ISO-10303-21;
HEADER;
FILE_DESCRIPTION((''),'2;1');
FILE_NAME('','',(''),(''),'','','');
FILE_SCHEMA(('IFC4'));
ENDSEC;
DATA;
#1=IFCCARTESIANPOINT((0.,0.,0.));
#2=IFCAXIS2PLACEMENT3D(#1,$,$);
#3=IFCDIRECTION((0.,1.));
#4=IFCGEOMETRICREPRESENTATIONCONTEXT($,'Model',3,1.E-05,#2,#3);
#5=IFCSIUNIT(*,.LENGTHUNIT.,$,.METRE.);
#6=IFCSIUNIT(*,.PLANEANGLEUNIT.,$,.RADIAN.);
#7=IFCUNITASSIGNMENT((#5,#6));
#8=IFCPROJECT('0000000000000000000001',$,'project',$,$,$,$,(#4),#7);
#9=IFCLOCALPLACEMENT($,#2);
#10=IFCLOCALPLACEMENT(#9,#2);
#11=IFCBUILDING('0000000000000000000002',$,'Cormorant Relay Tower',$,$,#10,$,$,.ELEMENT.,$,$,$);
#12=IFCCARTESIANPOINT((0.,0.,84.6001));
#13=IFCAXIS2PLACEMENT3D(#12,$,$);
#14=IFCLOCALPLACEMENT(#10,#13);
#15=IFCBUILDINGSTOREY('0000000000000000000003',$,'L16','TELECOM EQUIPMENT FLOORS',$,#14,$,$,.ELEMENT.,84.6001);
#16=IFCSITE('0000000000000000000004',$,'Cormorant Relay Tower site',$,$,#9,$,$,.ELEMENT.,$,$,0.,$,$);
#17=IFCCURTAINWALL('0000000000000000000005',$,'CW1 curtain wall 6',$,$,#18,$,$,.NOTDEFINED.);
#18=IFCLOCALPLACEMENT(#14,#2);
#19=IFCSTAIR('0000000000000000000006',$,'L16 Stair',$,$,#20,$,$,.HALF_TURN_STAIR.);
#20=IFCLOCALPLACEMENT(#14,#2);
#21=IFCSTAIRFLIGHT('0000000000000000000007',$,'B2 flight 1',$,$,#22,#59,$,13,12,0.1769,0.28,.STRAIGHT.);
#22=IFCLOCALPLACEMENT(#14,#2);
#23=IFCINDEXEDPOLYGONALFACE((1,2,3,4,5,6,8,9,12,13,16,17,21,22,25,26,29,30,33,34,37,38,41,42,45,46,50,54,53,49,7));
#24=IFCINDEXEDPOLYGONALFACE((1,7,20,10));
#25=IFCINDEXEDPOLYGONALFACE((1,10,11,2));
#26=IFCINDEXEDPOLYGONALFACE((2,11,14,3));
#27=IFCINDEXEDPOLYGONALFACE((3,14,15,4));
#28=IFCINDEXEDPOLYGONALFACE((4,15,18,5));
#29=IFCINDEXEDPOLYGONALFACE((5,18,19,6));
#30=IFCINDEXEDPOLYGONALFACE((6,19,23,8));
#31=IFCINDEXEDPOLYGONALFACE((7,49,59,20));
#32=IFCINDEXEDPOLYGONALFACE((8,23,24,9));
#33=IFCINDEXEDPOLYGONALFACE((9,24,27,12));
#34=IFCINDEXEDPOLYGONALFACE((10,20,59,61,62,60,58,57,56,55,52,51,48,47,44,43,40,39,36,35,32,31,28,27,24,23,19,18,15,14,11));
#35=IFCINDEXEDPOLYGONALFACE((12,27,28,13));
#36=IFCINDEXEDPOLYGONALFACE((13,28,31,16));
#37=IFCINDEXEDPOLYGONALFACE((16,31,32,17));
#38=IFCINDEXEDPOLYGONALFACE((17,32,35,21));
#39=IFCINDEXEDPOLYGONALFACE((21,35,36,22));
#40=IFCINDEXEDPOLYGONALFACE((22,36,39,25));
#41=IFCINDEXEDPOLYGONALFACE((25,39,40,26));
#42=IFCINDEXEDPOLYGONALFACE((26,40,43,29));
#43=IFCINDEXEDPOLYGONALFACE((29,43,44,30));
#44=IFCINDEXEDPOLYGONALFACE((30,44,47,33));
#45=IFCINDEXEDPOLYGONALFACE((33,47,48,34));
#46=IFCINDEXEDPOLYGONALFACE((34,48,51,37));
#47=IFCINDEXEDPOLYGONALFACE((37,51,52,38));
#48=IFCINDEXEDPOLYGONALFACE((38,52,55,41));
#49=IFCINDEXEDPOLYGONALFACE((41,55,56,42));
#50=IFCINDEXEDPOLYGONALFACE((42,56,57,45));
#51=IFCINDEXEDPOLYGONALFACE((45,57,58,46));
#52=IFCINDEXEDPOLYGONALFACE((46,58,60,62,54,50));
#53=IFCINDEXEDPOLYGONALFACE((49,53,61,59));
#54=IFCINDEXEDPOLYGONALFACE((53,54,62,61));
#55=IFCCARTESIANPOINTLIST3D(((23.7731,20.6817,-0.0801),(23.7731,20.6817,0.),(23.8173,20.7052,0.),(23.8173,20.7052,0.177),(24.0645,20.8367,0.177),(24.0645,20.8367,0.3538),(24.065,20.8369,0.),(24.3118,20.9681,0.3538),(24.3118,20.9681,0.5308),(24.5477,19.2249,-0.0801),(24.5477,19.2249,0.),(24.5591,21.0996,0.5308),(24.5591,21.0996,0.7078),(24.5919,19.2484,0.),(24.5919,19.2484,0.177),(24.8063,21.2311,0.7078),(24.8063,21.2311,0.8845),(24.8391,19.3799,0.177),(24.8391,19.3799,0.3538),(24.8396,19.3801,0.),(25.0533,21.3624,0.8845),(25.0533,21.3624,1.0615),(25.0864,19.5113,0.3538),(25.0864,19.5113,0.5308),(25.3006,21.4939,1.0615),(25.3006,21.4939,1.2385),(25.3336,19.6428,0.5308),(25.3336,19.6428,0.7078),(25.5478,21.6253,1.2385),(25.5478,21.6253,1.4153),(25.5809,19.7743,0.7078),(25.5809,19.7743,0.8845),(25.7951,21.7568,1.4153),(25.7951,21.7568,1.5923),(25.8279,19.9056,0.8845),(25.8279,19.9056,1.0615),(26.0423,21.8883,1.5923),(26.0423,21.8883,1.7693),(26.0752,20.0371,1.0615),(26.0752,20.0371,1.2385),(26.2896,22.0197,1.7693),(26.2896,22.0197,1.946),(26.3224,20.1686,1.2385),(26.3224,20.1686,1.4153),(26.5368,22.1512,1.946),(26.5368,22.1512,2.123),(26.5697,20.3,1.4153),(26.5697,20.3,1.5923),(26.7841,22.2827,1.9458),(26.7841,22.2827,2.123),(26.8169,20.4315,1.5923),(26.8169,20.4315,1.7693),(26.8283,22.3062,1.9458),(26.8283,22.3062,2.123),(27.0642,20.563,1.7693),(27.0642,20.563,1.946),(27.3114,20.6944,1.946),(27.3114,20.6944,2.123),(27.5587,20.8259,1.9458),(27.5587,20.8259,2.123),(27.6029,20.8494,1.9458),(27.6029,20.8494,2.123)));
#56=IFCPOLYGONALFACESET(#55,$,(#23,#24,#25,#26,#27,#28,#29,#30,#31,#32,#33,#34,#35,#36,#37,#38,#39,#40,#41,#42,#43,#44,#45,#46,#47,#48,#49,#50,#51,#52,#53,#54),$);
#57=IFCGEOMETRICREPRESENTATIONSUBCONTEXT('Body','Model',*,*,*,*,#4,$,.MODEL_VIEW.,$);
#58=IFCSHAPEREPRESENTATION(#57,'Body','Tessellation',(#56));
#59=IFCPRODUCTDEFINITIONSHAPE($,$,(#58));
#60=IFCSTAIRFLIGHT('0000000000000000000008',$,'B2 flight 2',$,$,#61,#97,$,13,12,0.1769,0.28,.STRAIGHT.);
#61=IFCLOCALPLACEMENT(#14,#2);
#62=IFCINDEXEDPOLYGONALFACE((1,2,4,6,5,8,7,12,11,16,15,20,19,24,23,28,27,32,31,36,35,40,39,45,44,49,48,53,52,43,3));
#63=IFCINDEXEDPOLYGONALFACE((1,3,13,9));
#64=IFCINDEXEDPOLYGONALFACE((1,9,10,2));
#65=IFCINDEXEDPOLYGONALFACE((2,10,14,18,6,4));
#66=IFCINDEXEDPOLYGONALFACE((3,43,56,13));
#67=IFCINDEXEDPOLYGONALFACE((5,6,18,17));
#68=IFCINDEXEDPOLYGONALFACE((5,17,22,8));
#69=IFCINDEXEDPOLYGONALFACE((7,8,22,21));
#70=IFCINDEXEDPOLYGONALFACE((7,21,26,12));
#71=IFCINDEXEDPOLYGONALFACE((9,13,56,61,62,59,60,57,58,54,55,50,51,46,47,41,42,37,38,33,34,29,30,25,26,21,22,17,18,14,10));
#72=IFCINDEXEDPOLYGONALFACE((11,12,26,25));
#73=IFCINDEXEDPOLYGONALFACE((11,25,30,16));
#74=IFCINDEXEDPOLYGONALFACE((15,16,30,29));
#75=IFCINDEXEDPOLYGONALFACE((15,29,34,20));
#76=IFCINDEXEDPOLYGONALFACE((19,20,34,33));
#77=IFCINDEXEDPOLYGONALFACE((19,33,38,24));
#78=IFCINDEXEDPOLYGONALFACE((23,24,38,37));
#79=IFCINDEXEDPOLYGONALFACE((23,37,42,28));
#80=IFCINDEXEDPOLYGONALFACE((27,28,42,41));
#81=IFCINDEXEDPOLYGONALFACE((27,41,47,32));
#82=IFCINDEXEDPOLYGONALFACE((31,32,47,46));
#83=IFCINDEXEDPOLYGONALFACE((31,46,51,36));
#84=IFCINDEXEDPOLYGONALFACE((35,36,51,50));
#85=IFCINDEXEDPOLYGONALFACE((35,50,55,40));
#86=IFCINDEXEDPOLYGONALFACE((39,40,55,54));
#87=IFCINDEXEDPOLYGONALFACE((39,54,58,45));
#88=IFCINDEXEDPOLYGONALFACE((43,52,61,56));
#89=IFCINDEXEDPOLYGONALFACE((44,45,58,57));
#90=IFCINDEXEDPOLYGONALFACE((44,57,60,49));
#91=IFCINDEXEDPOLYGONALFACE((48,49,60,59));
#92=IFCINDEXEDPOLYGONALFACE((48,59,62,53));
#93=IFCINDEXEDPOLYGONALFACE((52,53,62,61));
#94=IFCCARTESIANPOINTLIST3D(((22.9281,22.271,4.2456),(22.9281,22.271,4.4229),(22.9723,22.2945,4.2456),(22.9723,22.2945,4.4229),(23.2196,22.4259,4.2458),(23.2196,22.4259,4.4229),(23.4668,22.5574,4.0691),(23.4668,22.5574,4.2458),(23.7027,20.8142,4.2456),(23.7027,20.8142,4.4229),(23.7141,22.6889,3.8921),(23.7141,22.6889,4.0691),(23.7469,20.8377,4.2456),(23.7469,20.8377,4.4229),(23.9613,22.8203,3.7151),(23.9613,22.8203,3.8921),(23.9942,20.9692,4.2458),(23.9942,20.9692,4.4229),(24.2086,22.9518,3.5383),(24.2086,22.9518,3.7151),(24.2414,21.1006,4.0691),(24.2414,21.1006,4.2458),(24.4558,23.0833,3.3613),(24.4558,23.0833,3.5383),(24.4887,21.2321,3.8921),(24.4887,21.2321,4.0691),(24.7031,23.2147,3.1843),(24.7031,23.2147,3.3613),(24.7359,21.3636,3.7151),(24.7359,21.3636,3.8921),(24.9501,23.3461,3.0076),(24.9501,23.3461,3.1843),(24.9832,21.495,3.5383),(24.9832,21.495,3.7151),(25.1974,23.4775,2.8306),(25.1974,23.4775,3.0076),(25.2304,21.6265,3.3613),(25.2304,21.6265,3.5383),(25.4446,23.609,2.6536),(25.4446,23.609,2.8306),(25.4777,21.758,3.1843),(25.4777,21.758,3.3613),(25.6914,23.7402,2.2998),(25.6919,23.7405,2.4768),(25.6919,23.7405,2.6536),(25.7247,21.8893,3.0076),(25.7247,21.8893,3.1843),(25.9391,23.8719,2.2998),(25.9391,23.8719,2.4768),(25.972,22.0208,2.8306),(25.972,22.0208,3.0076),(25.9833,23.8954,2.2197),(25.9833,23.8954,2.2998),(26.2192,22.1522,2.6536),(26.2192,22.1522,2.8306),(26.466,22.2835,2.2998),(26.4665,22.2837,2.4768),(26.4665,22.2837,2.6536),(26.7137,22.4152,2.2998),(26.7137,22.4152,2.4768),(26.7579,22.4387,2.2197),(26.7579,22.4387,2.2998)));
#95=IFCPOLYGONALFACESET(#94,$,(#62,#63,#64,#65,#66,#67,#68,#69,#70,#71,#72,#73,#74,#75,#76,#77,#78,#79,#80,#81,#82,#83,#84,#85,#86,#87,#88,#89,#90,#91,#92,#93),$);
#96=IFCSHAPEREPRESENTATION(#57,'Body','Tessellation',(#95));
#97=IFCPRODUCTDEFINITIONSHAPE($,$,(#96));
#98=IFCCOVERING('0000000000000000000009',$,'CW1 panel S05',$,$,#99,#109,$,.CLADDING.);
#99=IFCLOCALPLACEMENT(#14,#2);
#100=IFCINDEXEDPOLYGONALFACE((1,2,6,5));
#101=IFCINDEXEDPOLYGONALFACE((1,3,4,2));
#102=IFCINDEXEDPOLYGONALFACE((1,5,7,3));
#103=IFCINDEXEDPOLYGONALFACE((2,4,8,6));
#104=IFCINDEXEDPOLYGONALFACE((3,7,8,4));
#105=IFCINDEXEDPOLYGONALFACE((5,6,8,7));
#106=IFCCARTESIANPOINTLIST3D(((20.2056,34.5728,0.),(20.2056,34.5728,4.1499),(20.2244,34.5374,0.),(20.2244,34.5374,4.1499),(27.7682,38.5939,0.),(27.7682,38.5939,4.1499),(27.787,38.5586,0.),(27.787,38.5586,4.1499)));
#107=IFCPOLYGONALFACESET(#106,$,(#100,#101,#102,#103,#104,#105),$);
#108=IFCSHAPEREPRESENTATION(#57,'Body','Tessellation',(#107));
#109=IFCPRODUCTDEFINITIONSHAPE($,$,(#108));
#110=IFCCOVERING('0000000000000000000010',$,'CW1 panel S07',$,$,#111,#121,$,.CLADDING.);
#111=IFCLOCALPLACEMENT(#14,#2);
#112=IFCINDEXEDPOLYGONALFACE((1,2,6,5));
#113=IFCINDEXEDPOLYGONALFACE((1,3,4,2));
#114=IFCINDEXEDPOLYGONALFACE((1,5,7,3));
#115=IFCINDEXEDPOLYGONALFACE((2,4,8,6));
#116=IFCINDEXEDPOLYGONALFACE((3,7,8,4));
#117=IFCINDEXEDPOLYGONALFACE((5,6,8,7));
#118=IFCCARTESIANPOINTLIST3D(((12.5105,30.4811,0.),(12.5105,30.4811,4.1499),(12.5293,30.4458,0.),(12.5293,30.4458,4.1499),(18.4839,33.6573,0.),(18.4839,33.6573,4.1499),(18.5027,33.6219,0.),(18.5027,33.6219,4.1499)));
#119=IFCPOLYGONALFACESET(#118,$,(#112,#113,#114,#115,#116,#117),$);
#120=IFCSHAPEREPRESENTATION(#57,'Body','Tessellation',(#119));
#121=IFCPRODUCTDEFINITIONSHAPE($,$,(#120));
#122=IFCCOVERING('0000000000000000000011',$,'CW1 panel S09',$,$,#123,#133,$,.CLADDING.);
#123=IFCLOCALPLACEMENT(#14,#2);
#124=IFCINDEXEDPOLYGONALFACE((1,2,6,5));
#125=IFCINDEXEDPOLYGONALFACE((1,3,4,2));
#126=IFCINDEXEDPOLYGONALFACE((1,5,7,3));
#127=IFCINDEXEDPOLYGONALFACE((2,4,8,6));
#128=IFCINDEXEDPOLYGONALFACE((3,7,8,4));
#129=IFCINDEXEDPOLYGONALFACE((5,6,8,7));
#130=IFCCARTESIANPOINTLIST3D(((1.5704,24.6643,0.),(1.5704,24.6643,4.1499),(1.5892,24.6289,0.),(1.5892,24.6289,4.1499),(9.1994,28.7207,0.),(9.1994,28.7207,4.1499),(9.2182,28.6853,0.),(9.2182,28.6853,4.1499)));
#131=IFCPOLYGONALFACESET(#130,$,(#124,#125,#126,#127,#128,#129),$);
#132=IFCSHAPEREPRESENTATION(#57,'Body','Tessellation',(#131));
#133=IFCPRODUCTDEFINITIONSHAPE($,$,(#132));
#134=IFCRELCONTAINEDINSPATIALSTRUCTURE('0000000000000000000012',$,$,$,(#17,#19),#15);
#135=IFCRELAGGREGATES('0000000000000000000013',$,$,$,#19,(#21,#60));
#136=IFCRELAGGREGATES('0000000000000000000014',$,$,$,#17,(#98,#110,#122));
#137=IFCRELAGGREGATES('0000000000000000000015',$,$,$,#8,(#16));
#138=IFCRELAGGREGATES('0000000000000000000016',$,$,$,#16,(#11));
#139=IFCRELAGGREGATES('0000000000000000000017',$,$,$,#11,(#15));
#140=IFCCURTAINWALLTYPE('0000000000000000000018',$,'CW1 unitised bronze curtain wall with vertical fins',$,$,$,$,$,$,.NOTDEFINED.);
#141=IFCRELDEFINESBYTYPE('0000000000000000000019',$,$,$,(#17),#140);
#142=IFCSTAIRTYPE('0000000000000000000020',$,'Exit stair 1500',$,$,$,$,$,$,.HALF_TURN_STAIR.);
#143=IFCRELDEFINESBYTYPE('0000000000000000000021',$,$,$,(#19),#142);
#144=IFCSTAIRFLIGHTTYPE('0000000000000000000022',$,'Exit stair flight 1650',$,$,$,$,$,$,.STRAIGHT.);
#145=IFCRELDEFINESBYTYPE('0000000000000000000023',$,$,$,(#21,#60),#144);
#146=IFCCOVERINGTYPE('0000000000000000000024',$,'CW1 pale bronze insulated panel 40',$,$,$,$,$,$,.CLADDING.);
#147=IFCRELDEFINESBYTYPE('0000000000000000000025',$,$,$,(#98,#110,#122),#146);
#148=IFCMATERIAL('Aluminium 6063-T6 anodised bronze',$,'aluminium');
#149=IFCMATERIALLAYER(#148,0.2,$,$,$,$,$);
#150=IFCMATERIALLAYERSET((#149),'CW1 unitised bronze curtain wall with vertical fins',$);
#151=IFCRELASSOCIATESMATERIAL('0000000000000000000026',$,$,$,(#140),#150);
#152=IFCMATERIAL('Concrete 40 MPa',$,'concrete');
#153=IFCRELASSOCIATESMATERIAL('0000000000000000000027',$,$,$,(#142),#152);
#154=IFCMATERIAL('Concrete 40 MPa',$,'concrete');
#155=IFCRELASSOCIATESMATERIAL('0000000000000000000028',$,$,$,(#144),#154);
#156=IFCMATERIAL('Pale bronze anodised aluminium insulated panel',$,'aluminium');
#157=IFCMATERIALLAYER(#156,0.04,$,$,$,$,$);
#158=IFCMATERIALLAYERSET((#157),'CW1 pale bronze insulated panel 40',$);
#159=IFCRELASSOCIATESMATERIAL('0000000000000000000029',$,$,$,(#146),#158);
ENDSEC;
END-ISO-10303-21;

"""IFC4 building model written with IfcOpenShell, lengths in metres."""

from ifc_helpers import new_model, si_unit, direction, frame, origin, origin_2d, place, context, subcontext, project, spatial, polyline, rectangle, outline, extrude, material, layer, layer_set, type_object, element, aggregate, save


model = new_model("IFC4")

# Units and contexts
model_context = context("Model", 3, precision=1e-05, world=origin(), true_north=direction((0.0, 1.0)))
body_context = subcontext(model_context, "Body", "Model", "MODEL_VIEW")
ifc_project = project(units=[si_unit("LENGTHUNIT", "METRE"), si_unit("PLANEANGLEUNIT", "RADIAN")], contexts=[model_context])

# Site, building, storey
site_placement = place(None, origin())
site = spatial("IfcSite", under=ifc_project, at=site_placement, Name="Cormorant Relay Tower site", CompositionType="ELEMENT", RefElevation=0.0)
building_placement = place(site_placement, origin())
building = spatial("IfcBuilding", under=site, at=building_placement, Name="Cormorant Relay Tower", CompositionType="ELEMENT")
storey_placement = place(building_placement, frame((0.0, 0.0, 84.6001)))
storey = spatial("IfcBuildingStorey", under=building, at=storey_placement, Name="L16", Description="TELECOM EQUIPMENT FLOORS", CompositionType="ELEMENT", Elevation=84.6001)

# Curtain wall
ifc_material_1 = material(Name="Aluminium 6063-T6 anodised bronze", Category="aluminium")
ifc_layer_1 = layer(ifc_material_1, 0.2)
ifc_layer_set_1 = layer_set([ifc_layer_1], Name="CW1 unitised bronze curtain wall with vertical fins")
curtain_wall_type = type_object("IfcCurtainWallType", Name="CW1 unitised bronze curtain wall with vertical fins", PredefinedType="NOTDEFINED", material=ifc_layer_set_1)
curtain_wall_1_placement = place(storey_placement, origin())
curtain_wall_1 = element("IfcCurtainWall", 1, at=curtain_wall_1_placement, inside=storey, type_object=curtain_wall_type, Name="CW1 curtain wall 6", PredefinedType="NOTDEFINED")

# Stair, stair flights
ifc_material_2 = material(Name="Concrete 40 MPa", Category="concrete")
stair_type = type_object("IfcStairType", Name="Exit stair 1500", PredefinedType="HALF_TURN_STAIR", material=ifc_material_2)
stair_placement = place(storey_placement, origin())
stair = element("IfcStair", 2, at=stair_placement, inside=storey, type_object=stair_type, Name="L16 Stair", PredefinedType="HALF_TURN_STAIR")
ifc_material_3 = material(Name="Concrete 40 MPa", Category="concrete")
stair_flight_type = type_object("IfcStairFlightType", Name="Exit stair flight 1650", PredefinedType="STRAIGHT", material=ifc_material_3)
stair_flight_1_placement = place(storey_placement, frame((24.2046, 19.9768, 0.0), z_axis=(0.0, 0.0, 1.0), x_axis=(0.882948, 0.469472, 0.0)))
stair_flight_1 = element("IfcStairFlight", 3, at=stair_flight_1_placement, type_object=stair_flight_type, Name="B2 flight 1", NumberOfRisers=13, NumberOfTreads=12, PredefinedType="STRAIGHT", RiserHeight=0.1769, TreadLength=0.28, context=body_context, shape_type="SweptSolid", body=[
    extrude(outline(polyline([(-0.05, -0.0801), (-0.05, 0.0), (0.0, 0.0), (0.0, 0.177), (0.28, 0.177), (0.28, 0.3538), (0.5601, 0.3538), (0.5601, 0.5308), (0.8401, 0.5308), (0.8401, 0.7078), (1.1201, 0.7078), (1.1201, 0.8845), (1.3999, 0.8845), (1.3999, 1.0615), (1.6799, 1.0615), (1.6799, 1.2385), (1.96, 1.2385), (1.96, 1.4153), (2.24, 1.4153), (2.24, 1.5923), (2.52, 1.5923), (2.52, 1.7693), (2.8, 1.7693), (2.8, 1.946), (3.0801, 1.946), (3.0801, 2.123), (3.3601, 2.123), (3.4102, 2.123), (3.4102, 1.9458), (3.3601, 1.9458), (0.2805, 0.0), (-0.05, -0.0801)])), frame((0.0, 0.825, 0.0), z_axis=(0.0, -1.0, 0.0), x_axis=(1.0, 0.0, 0.0)), (0.0, 0.0, 1.0), 1.6499),
])
stair_flight_2_placement = place(storey_placement, frame((26.3264, 23.1436, 2.2998), z_axis=(0.0, 0.0, 1.0), x_axis=(-0.882948, -0.469472, 0.0)))
stair_flight_2 = element("IfcStairFlight", 4, at=stair_flight_2_placement, type_object=stair_flight_type, Name="B2 flight 2", NumberOfRisers=13, NumberOfTreads=12, PredefinedType="STRAIGHT", RiserHeight=0.1769, TreadLength=0.28, context=body_context, shape_type="SweptSolid", body=[
    extrude(outline(polyline([(-0.05, -0.0801), (-0.05, 0.0), (0.0, 0.0), (0.0, 0.177), (0.28, 0.177), (0.28, 0.3538), (0.5601, 0.3538), (0.5601, 0.5308), (0.8401, 0.5308), (0.8401, 0.7078), (1.1201, 0.7078), (1.1201, 0.8845), (1.3999, 0.8845), (1.3999, 1.0615), (1.6799, 1.0615), (1.6799, 1.2385), (1.96, 1.2385), (1.96, 1.4153), (2.24, 1.4153), (2.24, 1.5923), (2.52, 1.5923), (2.52, 1.7693), (2.8, 1.7693), (2.8, 1.946), (3.0801, 1.946), (3.0801, 2.123), (3.3601, 2.123), (3.4102, 2.123), (3.4102, 1.9458), (3.3601, 1.9458), (0.2805, 0.0), (-0.05, -0.0801)])), frame((0.0, 0.825, 0.0), z_axis=(0.0, -1.0, 0.0), x_axis=(1.0, 0.0, 0.0)), (0.0, 0.0, 1.0), 1.6499),
])
aggregate(stair, [stair_flight_1, stair_flight_2])

# Coverings
ifc_material_4 = material(Name="Pale bronze anodised aluminium insulated panel", Category="aluminium")
ifc_layer_2 = layer(ifc_material_4, 0.04)
ifc_layer_set_2 = layer_set([ifc_layer_2], Name="CW1 pale bronze insulated panel 40")
covering_type = type_object("IfcCoveringType", Name="CW1 pale bronze insulated panel 40", PredefinedType="CLADDING", material=ifc_layer_set_2)
covering_1_placement = place(storey_placement, frame((23.9963, 36.5657, 0.0), z_axis=(0.0, 0.0, 1.0), x_axis=(-0.882948, -0.469472, 0.0)))
covering_1 = element("IfcCovering", 5, at=covering_1_placement, type_object=covering_type, Name="CW1 panel S05", PredefinedType="CLADDING", context=body_context, shape_type="SweptSolid", body=[
    extrude(rectangle(XDim=8.5652, YDim=0.04, at=origin_2d()), origin(), (0.0, 0.0, 1.0), 4.1499),
])
covering_2_placement = place(storey_placement, frame((15.5066, 32.0515, 0.0), z_axis=(0.0, 0.0, 1.0), x_axis=(-0.882948, -0.469472, 0.0)))
covering_2 = element("IfcCovering", 6, at=covering_2_placement, type_object=covering_type, Name="CW1 panel S07", PredefinedType="CLADDING", context=body_context, shape_type="SweptSolid", body=[
    extrude(rectangle(XDim=6.7654, YDim=0.04, at=origin_2d()), origin(), (0.0, 0.0, 1.0), 4.1499),
])
covering_3_placement = place(storey_placement, frame((5.3943, 26.6748, 0.0), z_axis=(0.0, 0.0, 1.0), x_axis=(-0.882948, -0.469472, 0.0)))
covering_3 = element("IfcCovering", 7, at=covering_3_placement, type_object=covering_type, Name="CW1 panel S09", PredefinedType="CLADDING", context=body_context, shape_type="SweptSolid", body=[
    extrude(rectangle(XDim=8.6404, YDim=0.04, at=origin_2d()), origin(), (0.0, 0.0, 1.0), 4.1499),
])
aggregate(curtain_wall_1, [covering_1, covering_2, covering_3])

save(model, "model.ifc")
